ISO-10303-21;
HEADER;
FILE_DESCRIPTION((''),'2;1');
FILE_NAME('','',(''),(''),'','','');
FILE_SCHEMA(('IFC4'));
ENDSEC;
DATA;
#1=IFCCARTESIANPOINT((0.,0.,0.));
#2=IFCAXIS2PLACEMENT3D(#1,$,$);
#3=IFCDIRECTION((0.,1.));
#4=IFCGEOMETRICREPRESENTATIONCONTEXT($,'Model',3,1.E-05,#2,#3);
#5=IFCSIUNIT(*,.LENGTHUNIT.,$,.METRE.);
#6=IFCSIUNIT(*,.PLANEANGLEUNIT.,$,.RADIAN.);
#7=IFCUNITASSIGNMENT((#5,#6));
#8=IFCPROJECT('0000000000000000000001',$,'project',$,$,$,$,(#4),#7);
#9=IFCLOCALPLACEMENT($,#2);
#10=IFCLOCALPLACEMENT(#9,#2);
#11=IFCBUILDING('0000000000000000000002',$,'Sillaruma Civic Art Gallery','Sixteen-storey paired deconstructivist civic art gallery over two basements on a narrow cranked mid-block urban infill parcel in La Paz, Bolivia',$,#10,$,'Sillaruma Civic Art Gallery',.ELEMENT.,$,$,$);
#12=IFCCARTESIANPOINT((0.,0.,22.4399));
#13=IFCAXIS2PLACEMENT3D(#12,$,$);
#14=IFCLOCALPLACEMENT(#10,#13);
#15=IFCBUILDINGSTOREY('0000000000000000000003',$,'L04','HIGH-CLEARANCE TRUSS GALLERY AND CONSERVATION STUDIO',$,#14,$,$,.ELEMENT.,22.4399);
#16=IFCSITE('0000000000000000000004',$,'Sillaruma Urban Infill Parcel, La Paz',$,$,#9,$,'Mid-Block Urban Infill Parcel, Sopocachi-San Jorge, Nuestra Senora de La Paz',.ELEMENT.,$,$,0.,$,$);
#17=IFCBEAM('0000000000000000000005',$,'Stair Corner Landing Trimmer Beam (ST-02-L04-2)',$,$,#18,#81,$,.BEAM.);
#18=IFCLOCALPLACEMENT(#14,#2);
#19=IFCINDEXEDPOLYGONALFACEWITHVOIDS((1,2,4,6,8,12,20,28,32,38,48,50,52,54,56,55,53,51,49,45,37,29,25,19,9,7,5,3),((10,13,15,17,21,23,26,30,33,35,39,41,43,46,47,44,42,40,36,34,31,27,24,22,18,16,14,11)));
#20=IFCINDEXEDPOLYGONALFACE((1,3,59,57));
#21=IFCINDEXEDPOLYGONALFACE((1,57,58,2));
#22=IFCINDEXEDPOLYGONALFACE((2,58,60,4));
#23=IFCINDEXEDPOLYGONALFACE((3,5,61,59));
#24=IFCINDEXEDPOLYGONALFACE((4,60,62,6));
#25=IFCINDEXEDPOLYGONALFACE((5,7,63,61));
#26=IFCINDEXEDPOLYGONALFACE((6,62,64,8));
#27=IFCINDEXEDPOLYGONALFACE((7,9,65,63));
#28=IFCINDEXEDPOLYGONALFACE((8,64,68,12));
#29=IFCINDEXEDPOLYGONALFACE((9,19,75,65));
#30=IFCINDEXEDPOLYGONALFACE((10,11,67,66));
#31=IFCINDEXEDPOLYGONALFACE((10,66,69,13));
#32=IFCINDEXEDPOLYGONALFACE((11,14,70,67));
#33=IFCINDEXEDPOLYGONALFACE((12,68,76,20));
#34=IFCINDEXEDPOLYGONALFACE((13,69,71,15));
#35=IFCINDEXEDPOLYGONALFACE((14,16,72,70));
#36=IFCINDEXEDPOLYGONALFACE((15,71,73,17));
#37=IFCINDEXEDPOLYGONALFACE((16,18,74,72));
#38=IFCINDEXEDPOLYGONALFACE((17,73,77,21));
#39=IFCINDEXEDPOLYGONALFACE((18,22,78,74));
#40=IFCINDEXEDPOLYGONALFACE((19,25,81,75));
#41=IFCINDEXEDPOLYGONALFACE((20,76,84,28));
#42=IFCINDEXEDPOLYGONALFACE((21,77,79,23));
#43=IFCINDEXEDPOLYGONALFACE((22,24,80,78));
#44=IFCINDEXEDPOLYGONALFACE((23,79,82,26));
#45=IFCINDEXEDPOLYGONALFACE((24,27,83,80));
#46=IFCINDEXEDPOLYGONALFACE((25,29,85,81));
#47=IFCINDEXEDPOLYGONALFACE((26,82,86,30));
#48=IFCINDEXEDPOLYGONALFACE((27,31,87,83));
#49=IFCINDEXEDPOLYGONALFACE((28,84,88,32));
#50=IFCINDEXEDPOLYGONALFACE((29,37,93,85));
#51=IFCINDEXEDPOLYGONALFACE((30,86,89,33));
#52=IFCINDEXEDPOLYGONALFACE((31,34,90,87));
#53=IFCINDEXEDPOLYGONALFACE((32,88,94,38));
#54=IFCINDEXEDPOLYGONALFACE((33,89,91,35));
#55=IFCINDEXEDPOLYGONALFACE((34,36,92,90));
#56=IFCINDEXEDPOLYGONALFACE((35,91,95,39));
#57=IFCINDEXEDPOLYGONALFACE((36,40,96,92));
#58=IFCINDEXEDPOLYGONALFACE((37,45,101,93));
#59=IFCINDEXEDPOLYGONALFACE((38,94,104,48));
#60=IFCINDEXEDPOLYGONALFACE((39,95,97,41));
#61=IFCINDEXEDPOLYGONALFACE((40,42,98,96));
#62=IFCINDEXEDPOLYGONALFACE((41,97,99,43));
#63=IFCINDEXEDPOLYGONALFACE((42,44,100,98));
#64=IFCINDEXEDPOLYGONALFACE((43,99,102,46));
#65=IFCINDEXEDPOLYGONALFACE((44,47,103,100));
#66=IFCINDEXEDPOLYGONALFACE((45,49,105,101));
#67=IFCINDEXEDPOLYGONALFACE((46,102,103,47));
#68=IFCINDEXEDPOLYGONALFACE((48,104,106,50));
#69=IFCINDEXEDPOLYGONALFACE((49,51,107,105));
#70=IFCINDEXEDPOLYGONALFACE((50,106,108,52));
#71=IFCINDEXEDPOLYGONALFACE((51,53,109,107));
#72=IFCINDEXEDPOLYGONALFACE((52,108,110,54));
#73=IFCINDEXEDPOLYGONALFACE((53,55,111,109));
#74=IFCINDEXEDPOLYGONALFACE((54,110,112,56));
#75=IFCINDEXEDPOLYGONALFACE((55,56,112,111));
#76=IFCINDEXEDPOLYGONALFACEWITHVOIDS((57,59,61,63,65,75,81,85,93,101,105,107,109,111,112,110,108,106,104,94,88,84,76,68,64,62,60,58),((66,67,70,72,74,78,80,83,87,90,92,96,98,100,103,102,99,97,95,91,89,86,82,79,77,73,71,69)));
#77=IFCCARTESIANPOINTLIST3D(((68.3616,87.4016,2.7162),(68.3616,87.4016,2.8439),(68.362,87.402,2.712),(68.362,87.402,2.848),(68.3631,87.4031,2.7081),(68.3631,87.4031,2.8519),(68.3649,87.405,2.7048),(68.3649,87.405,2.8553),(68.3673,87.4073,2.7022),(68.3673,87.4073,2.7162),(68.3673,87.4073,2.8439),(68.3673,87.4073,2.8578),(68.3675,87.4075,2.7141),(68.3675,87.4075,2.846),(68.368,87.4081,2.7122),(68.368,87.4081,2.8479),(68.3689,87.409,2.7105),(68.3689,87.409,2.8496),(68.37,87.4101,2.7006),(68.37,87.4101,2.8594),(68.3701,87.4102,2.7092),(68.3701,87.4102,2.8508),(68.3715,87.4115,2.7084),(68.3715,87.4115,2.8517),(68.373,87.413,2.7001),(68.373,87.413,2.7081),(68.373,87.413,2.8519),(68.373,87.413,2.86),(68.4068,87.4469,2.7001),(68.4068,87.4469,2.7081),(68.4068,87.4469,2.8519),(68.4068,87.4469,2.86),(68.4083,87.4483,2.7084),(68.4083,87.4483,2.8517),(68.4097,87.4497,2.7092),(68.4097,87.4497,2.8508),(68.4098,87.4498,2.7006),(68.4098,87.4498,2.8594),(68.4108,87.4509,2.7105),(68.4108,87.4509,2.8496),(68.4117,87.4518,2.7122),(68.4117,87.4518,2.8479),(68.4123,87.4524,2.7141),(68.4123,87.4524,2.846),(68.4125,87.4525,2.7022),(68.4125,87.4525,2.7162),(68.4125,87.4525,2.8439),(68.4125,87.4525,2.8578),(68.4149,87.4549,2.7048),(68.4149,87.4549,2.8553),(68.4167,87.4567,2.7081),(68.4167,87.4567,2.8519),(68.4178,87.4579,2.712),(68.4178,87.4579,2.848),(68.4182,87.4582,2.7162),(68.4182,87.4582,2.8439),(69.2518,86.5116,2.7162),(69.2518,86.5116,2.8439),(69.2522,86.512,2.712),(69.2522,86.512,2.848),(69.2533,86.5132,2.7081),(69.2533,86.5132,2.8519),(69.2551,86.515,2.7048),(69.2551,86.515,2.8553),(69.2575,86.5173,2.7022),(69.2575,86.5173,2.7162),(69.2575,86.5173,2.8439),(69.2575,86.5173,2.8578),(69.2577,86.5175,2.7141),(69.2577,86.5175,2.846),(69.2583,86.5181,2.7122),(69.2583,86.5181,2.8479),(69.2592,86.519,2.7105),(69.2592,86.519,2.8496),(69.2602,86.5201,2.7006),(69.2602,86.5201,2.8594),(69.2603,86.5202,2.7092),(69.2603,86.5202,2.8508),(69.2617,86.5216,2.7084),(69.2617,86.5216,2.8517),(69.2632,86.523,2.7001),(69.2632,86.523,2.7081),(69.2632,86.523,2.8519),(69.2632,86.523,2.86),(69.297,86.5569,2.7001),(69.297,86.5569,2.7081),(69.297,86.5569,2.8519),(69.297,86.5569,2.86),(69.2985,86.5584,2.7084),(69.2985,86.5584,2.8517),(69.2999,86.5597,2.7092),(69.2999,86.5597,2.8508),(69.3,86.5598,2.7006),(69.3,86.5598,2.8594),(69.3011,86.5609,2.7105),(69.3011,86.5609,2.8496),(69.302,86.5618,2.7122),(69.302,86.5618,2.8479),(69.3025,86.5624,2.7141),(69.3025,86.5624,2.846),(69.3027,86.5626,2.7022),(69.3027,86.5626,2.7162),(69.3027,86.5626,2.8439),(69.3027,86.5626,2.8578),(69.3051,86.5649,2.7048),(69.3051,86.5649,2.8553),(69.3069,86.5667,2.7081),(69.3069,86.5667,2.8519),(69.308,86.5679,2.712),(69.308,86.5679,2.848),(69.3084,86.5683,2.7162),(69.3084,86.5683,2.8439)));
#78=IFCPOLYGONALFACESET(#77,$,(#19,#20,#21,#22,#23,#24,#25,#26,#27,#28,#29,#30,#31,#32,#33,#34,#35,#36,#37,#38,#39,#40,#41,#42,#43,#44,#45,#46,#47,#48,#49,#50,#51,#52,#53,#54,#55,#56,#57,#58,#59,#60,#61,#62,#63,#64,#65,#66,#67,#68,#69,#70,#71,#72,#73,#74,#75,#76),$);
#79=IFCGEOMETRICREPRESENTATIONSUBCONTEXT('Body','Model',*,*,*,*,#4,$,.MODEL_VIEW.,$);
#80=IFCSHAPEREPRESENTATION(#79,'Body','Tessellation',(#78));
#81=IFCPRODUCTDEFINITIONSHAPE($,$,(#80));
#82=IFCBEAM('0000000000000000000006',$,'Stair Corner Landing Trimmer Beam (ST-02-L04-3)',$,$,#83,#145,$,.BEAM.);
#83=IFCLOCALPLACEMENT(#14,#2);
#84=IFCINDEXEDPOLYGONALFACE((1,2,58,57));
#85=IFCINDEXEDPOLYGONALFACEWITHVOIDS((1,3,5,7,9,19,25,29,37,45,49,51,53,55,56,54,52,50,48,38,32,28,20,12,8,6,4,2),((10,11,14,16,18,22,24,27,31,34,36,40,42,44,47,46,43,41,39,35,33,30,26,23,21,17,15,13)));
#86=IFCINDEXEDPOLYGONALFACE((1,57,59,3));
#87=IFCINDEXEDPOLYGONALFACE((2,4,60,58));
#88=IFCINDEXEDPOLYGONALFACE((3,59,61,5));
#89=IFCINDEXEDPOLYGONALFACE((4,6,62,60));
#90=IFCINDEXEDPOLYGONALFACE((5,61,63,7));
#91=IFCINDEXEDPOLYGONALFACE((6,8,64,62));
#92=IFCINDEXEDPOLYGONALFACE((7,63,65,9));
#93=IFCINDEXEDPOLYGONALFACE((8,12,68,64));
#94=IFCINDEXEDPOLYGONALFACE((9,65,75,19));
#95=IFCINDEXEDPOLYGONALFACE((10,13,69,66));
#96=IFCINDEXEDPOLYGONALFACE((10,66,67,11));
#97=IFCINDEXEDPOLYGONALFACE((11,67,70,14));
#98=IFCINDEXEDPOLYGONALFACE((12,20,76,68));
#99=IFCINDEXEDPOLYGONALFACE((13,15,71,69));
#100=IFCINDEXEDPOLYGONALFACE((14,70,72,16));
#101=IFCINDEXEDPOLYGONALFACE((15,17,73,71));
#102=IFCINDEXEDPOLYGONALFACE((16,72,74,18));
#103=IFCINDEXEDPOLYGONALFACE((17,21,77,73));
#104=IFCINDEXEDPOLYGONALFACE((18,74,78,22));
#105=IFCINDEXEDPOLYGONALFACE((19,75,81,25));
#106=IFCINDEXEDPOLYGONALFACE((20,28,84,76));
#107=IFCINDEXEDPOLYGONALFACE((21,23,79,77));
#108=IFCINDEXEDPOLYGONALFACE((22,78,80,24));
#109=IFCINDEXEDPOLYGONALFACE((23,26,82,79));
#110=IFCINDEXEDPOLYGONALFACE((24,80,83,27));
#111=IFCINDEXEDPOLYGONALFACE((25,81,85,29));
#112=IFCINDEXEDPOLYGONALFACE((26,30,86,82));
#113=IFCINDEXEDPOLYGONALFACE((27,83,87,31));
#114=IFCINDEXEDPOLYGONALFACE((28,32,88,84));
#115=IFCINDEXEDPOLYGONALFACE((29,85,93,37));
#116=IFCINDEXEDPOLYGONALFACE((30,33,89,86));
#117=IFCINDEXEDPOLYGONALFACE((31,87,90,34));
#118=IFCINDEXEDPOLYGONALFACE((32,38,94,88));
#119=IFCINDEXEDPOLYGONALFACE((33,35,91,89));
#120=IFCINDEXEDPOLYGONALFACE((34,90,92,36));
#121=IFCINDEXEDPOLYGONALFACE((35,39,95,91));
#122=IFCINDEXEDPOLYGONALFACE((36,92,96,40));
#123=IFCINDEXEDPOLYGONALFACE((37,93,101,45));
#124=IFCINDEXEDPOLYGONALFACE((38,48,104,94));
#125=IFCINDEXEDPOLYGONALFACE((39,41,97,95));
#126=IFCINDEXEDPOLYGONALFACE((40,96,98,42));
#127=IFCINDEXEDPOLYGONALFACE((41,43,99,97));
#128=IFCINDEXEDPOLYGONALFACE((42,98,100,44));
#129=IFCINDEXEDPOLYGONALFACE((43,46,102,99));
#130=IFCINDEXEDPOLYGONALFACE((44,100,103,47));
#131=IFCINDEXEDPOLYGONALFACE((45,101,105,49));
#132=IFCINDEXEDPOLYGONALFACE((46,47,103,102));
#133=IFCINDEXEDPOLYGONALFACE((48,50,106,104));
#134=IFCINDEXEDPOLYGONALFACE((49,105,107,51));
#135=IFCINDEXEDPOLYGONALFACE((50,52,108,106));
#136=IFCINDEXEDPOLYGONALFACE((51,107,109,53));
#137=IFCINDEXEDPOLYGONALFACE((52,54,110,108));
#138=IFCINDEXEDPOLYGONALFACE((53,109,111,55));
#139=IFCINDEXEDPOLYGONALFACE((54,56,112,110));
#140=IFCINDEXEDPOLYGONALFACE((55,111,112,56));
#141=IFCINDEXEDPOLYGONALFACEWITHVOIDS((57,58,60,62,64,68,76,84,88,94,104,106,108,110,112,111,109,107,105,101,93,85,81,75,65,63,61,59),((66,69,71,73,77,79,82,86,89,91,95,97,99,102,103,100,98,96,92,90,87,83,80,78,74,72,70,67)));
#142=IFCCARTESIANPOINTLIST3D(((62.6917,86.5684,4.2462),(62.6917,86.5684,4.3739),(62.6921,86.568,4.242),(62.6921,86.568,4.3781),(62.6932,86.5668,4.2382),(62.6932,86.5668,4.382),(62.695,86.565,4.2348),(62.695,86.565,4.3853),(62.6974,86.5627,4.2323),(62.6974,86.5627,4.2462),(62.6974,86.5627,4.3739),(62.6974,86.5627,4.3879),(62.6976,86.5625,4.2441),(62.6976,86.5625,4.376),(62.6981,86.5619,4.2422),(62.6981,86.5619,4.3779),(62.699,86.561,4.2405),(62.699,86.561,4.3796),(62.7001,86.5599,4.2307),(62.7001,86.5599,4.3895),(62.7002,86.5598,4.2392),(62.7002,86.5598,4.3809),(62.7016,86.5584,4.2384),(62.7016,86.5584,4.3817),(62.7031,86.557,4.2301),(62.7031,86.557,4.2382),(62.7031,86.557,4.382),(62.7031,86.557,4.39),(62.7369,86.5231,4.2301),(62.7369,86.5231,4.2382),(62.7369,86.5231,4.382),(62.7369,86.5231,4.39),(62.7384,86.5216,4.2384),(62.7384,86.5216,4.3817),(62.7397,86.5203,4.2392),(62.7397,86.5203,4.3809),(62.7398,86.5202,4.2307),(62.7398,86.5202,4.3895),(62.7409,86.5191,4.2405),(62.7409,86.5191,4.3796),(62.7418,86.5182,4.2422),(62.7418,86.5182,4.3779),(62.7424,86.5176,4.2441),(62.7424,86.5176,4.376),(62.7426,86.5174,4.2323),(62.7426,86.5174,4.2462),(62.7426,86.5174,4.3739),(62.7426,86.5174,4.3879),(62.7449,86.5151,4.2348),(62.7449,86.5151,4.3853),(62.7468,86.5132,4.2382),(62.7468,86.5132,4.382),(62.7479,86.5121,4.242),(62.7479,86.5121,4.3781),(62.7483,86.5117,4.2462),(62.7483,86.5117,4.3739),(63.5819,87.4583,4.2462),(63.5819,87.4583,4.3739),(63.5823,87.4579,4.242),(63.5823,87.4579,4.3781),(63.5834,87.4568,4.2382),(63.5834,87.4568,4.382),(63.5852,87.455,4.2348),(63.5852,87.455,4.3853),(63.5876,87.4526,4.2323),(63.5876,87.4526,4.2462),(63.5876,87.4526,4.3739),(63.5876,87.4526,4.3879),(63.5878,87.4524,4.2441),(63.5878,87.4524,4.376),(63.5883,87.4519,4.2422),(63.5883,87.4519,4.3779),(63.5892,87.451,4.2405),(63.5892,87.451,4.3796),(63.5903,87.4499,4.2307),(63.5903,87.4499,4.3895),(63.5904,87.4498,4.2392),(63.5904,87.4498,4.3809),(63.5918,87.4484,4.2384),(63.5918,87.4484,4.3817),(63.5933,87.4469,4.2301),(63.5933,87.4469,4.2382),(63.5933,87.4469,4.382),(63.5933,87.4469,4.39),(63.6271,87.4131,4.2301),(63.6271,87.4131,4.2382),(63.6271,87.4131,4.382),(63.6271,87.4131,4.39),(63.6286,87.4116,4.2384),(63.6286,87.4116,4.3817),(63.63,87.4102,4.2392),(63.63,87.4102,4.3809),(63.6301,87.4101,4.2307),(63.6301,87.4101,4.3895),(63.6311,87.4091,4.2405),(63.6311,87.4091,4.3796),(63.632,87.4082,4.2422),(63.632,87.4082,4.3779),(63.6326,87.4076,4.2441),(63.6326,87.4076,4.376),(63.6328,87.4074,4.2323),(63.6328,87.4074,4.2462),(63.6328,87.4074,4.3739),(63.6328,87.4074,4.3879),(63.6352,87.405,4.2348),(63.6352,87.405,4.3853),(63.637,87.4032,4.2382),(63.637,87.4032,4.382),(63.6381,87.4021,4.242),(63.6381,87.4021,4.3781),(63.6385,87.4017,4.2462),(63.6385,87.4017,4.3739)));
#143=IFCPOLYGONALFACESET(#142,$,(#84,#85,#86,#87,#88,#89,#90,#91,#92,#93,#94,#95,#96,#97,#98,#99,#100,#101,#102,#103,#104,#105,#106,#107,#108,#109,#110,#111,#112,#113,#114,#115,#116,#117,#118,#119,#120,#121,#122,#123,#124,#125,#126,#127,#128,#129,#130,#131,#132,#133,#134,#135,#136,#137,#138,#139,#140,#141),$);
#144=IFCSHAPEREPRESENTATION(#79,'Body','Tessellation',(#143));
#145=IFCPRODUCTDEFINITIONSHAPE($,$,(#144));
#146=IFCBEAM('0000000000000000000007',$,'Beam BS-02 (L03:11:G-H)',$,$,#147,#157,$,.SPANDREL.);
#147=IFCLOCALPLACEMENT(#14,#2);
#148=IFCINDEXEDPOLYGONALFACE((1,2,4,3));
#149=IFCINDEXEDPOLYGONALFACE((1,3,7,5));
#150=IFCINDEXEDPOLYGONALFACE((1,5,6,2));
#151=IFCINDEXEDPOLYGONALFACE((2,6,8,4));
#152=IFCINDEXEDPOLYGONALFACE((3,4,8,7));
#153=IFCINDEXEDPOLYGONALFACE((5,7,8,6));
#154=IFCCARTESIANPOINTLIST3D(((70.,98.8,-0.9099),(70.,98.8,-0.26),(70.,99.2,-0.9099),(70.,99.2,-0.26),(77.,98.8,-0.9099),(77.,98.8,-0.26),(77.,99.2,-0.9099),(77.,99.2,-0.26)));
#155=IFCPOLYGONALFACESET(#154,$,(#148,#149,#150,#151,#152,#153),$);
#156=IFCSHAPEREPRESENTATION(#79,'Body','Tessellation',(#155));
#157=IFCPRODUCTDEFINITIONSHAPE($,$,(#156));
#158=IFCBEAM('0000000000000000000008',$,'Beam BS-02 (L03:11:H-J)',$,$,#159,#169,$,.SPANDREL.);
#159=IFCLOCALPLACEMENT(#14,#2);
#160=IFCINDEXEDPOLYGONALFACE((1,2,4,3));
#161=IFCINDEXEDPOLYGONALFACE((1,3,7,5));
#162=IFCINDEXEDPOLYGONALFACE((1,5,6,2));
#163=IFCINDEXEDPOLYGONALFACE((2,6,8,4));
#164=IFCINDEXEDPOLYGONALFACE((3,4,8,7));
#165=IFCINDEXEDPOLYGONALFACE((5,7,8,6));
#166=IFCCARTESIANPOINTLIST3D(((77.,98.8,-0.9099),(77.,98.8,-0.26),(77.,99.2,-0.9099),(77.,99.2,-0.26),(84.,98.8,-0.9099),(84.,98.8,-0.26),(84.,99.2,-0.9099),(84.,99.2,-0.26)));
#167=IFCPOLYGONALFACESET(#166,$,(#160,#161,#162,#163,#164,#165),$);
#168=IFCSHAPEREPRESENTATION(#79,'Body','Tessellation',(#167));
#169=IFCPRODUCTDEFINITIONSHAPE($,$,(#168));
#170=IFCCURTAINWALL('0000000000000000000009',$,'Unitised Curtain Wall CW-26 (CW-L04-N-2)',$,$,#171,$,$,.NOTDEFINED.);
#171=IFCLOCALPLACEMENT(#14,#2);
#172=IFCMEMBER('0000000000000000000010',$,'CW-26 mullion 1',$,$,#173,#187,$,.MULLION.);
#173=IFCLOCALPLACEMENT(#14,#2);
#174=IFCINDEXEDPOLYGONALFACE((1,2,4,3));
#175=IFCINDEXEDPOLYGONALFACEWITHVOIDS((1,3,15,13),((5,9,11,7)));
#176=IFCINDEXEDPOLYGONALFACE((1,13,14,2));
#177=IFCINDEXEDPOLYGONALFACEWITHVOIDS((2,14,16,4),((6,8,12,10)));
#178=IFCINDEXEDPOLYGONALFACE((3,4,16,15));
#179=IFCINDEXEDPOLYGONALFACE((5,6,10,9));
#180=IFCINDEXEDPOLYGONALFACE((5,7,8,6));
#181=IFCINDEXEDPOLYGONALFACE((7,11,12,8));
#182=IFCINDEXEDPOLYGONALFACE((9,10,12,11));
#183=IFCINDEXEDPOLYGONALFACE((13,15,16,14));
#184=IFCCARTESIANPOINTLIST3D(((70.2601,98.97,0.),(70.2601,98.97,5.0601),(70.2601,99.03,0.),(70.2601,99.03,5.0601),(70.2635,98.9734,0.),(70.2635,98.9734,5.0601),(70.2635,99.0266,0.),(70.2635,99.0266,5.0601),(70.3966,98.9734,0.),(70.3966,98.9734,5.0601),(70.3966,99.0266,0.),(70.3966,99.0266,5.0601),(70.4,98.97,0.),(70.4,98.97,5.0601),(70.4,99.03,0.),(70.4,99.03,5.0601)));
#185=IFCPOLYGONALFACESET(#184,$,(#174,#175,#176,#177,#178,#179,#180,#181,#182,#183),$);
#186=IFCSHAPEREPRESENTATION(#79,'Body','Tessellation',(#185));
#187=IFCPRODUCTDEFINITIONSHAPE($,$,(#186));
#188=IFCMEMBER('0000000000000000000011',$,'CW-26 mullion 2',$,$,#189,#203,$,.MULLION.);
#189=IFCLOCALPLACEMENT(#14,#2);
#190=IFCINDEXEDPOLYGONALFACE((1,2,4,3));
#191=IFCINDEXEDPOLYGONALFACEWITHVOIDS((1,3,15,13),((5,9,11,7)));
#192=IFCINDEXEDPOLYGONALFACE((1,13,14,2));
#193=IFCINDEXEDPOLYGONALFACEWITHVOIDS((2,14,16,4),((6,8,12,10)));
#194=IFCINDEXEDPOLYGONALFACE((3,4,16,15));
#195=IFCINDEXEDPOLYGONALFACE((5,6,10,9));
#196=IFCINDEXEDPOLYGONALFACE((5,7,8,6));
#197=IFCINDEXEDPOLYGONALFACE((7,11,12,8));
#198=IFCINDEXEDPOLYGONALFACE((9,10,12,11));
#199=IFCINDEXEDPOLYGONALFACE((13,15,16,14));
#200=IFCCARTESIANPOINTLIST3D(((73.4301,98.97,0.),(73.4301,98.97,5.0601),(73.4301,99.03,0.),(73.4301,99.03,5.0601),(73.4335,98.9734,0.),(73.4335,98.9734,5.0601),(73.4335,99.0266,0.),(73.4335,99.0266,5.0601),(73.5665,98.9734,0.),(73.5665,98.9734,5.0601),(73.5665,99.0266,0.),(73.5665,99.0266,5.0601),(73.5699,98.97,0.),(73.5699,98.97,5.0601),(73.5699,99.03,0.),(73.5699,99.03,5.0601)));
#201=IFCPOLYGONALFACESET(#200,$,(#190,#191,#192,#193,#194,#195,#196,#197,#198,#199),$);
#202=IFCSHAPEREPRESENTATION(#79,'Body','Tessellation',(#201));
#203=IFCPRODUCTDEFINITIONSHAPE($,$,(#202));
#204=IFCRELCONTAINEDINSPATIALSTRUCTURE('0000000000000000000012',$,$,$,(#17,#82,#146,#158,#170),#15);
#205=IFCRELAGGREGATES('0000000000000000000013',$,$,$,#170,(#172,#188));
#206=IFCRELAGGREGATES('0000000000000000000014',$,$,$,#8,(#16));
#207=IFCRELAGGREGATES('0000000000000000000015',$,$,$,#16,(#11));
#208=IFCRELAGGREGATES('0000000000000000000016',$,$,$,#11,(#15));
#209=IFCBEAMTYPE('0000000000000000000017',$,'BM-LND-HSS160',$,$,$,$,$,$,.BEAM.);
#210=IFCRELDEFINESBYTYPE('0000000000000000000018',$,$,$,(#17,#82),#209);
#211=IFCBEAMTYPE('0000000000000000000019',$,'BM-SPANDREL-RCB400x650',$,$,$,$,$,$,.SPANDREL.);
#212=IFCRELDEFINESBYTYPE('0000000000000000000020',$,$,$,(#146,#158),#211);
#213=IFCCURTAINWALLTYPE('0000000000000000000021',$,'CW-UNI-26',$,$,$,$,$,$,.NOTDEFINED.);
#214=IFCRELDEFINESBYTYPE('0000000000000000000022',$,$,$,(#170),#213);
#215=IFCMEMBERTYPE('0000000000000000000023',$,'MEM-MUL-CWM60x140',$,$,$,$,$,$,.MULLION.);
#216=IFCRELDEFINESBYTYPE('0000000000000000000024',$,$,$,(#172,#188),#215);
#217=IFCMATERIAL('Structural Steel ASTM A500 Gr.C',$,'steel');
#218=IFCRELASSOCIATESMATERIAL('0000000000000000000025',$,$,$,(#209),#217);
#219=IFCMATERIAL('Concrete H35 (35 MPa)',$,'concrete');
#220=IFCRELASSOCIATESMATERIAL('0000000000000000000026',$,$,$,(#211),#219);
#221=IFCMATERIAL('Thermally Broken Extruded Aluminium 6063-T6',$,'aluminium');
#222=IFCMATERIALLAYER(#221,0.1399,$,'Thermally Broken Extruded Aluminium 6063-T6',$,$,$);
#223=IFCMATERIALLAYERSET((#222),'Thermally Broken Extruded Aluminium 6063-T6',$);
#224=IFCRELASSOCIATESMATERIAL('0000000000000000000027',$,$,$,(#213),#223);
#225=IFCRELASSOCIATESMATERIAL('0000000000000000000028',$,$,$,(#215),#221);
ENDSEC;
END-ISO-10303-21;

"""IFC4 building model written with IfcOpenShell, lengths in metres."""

from ifc_helpers import new_model, si_unit, direction, frame, origin, origin_2d, place, context, subcontext, project, spatial, rectangle, hollow_rectangle, extrude, material, layer, layer_set, material_profile, profile_set, type_object, element, aggregate, save


model = new_model("IFC4")

# Units and contexts
model_context = context("Model", 3, precision=1e-05, world=origin(), true_north=direction((0.0, 1.0)))
body_context = subcontext(model_context, "Body", "Model", "MODEL_VIEW")
ifc_project = project(units=[si_unit("LENGTHUNIT", "METRE"), si_unit("PLANEANGLEUNIT", "RADIAN")], contexts=[model_context])

# Site, building, storey
site_placement = place(None, origin())
site = spatial("IfcSite", under=ifc_project, at=site_placement, Name="Sillaruma Urban Infill Parcel, La Paz", LongName="Mid-Block Urban Infill Parcel, Sopocachi-San Jorge, Nuestra Senora de La Paz", CompositionType="ELEMENT", RefElevation=0.0)
building_placement = place(site_placement, origin())
building = spatial("IfcBuilding", under=site, at=building_placement, Name="Sillaruma Civic Art Gallery", Description="Sixteen-storey paired deconstructivist civic art gallery over two basements on a narrow cranked mid-block urban infill parcel in La Paz, Bolivia", LongName="Sillaruma Civic Art Gallery", CompositionType="ELEMENT")
storey_placement = place(building_placement, frame((0.0, 0.0, 22.4399)))
storey = spatial("IfcBuildingStorey", under=building, at=storey_placement, Name="L04", Description="HIGH-CLEARANCE TRUSS GALLERY AND CONSERVATION STUDIO", CompositionType="ELEMENT", Elevation=22.4399)

# Beams
ifc_material_1 = material(Name="Concrete H35 (35 MPa)", Category="concrete")
ifc_material_2 = material(Name="Structural Steel ASTM A500 Gr.C", Category="steel")
ifc_material_profile_1 = material_profile(ifc_material_2, hollow_rectangle(XDim=0.0801, YDim=0.1599, WallThickness=0.0081, InnerFilletRadius=0.0081, OuterFilletRadius=0.0161, at=origin_2d()), Name="HSS160x80x8")
ifc_profile_set_1 = profile_set([ifc_material_profile_1], Name="Structural Steel ASTM A500 Gr.C")
beam_type_1 = type_object("IfcBeamType", Name="BM-LND-HSS160", PredefinedType="BEAM", material=ifc_profile_set_1)
for number, where, z_axis, x_axis, name in (
    (1, (68.3899, 87.4299, 2.78), (0.707204, -0.70701, 0.0), (0.70701, 0.707204, 0.0), "Stair Corner Landing Trimmer Beam (ST-02-L04-2)"),
    (2, (62.72, 86.54, 4.3101), (0.707204, 0.70701, 0.0), (-0.70701, 0.707204, 0.0), "Stair Corner Landing Trimmer Beam (ST-02-L04-3)"),
):
    element("IfcBeam", number, at=place(storey_placement, frame(where, z_axis=z_axis, x_axis=x_axis)), inside=storey, type_object=beam_type_1, Name=name, PredefinedType="BEAM", context=body_context, shape_type="SweptSolid", body=[
        extrude(hollow_rectangle(XDim=0.0801, YDim=0.1599, WallThickness=0.0081, InnerFilletRadius=0.0081, OuterFilletRadius=0.0161, at=origin_2d()), origin(), (0.0, 0.0, 1.0), 1.2588),
    ])
ifc_material_profile_2 = material_profile(ifc_material_1, rectangle(XDim=0.3999, YDim=0.6499, at=origin_2d()), Name="RCB400x650")
ifc_profile_set_2 = profile_set([ifc_material_profile_2], Name="Concrete H35 (35 MPa)")
beam_type_2 = type_object("IfcBeamType", Name="BM-SPANDREL-RCB400x650", PredefinedType="SPANDREL", material=ifc_profile_set_2)
for number, where, z_axis, x_axis, name in (
    (3, (70.0, 99.0, -0.585), (1.0, 0.0, 0.0), (0.0, 1.0, 0.0), "Beam BS-02 (L03:11:G-H)"),
    (4, (77.0, 99.0, -0.585), (1.0, 0.0, 0.0), (0.0, 1.0, 0.0), "Beam BS-02 (L03:11:H-J)"),
):
    element("IfcBeam", number, at=place(storey_placement, frame(where, z_axis=z_axis, x_axis=x_axis)), inside=storey, type_object=beam_type_2, Name=name, PredefinedType="SPANDREL", context=body_context, shape_type="SweptSolid", body=[
        extrude(rectangle(XDim=0.3999, YDim=0.6499, at=origin_2d()), origin(), (0.0, 0.0, 1.0), 7.0),
    ])

# Curtain wall, members
ifc_material_3 = material(Name="Thermally Broken Extruded Aluminium 6063-T6", Category="aluminium")
ifc_layer_1 = layer(ifc_material_3, 0.1399, Name="Thermally Broken Extruded Aluminium 6063-T6")
ifc_layer_set_1 = layer_set([ifc_layer_1], Name="Thermally Broken Extruded Aluminium 6063-T6")
curtain_wall_type = type_object("IfcCurtainWallType", Name="CW-UNI-26", PredefinedType="NOTDEFINED", material=ifc_layer_set_1)
curtain_wall_placement = place(storey_placement, origin())
curtain_wall = element("IfcCurtainWall", 5, at=curtain_wall_placement, inside=storey, type_object=curtain_wall_type, Name="Unitised Curtain Wall CW-26 (CW-L04-N-2)", PredefinedType="NOTDEFINED")
ifc_material_profile_3 = material_profile(ifc_material_3, hollow_rectangle(XDim=0.0601, YDim=0.1399, WallThickness=0.0034, at=origin_2d()), Name="CWM60x140")
ifc_profile_set_3 = profile_set([ifc_material_profile_3], Name="Thermally Broken Extruded Aluminium 6063-T6")
member_type_1 = type_object("IfcMemberType", Name="MEM-MUL-CWM60x140", PredefinedType="MULLION", material=ifc_profile_set_3)
member_1_placement = place(storey_placement, frame((70.3301, 99.0, 0.0), z_axis=(0.0, 0.0, 1.0), x_axis=(0.0, 1.0, 0.0)))
member_1 = element("IfcMember", 6, at=member_1_placement, type_object=member_type_1, Name="CW-26 mullion 1", PredefinedType="MULLION", context=body_context, shape_type="SweptSolid", body=[
    extrude(hollow_rectangle(XDim=0.0601, YDim=0.1399, WallThickness=0.0034, at=origin_2d()), origin(), (0.0, 0.0, 1.0), 5.0601),
])
member_2_placement = place(storey_placement, frame((73.5, 99.0, 0.0), z_axis=(0.0, 0.0, 1.0), x_axis=(0.0, 1.0, 0.0)))
member_2 = element("IfcMember", 7, at=member_2_placement, type_object=member_type_1, Name="CW-26 mullion 2", PredefinedType="MULLION", context=body_context, shape_type="SweptSolid", body=[
    extrude(hollow_rectangle(XDim=0.0601, YDim=0.1399, WallThickness=0.0034, at=origin_2d()), origin(), (0.0, 0.0, 1.0), 5.0601),
])
aggregate(curtain_wall, [member_1, member_2])

save(model, "model.ifc")
